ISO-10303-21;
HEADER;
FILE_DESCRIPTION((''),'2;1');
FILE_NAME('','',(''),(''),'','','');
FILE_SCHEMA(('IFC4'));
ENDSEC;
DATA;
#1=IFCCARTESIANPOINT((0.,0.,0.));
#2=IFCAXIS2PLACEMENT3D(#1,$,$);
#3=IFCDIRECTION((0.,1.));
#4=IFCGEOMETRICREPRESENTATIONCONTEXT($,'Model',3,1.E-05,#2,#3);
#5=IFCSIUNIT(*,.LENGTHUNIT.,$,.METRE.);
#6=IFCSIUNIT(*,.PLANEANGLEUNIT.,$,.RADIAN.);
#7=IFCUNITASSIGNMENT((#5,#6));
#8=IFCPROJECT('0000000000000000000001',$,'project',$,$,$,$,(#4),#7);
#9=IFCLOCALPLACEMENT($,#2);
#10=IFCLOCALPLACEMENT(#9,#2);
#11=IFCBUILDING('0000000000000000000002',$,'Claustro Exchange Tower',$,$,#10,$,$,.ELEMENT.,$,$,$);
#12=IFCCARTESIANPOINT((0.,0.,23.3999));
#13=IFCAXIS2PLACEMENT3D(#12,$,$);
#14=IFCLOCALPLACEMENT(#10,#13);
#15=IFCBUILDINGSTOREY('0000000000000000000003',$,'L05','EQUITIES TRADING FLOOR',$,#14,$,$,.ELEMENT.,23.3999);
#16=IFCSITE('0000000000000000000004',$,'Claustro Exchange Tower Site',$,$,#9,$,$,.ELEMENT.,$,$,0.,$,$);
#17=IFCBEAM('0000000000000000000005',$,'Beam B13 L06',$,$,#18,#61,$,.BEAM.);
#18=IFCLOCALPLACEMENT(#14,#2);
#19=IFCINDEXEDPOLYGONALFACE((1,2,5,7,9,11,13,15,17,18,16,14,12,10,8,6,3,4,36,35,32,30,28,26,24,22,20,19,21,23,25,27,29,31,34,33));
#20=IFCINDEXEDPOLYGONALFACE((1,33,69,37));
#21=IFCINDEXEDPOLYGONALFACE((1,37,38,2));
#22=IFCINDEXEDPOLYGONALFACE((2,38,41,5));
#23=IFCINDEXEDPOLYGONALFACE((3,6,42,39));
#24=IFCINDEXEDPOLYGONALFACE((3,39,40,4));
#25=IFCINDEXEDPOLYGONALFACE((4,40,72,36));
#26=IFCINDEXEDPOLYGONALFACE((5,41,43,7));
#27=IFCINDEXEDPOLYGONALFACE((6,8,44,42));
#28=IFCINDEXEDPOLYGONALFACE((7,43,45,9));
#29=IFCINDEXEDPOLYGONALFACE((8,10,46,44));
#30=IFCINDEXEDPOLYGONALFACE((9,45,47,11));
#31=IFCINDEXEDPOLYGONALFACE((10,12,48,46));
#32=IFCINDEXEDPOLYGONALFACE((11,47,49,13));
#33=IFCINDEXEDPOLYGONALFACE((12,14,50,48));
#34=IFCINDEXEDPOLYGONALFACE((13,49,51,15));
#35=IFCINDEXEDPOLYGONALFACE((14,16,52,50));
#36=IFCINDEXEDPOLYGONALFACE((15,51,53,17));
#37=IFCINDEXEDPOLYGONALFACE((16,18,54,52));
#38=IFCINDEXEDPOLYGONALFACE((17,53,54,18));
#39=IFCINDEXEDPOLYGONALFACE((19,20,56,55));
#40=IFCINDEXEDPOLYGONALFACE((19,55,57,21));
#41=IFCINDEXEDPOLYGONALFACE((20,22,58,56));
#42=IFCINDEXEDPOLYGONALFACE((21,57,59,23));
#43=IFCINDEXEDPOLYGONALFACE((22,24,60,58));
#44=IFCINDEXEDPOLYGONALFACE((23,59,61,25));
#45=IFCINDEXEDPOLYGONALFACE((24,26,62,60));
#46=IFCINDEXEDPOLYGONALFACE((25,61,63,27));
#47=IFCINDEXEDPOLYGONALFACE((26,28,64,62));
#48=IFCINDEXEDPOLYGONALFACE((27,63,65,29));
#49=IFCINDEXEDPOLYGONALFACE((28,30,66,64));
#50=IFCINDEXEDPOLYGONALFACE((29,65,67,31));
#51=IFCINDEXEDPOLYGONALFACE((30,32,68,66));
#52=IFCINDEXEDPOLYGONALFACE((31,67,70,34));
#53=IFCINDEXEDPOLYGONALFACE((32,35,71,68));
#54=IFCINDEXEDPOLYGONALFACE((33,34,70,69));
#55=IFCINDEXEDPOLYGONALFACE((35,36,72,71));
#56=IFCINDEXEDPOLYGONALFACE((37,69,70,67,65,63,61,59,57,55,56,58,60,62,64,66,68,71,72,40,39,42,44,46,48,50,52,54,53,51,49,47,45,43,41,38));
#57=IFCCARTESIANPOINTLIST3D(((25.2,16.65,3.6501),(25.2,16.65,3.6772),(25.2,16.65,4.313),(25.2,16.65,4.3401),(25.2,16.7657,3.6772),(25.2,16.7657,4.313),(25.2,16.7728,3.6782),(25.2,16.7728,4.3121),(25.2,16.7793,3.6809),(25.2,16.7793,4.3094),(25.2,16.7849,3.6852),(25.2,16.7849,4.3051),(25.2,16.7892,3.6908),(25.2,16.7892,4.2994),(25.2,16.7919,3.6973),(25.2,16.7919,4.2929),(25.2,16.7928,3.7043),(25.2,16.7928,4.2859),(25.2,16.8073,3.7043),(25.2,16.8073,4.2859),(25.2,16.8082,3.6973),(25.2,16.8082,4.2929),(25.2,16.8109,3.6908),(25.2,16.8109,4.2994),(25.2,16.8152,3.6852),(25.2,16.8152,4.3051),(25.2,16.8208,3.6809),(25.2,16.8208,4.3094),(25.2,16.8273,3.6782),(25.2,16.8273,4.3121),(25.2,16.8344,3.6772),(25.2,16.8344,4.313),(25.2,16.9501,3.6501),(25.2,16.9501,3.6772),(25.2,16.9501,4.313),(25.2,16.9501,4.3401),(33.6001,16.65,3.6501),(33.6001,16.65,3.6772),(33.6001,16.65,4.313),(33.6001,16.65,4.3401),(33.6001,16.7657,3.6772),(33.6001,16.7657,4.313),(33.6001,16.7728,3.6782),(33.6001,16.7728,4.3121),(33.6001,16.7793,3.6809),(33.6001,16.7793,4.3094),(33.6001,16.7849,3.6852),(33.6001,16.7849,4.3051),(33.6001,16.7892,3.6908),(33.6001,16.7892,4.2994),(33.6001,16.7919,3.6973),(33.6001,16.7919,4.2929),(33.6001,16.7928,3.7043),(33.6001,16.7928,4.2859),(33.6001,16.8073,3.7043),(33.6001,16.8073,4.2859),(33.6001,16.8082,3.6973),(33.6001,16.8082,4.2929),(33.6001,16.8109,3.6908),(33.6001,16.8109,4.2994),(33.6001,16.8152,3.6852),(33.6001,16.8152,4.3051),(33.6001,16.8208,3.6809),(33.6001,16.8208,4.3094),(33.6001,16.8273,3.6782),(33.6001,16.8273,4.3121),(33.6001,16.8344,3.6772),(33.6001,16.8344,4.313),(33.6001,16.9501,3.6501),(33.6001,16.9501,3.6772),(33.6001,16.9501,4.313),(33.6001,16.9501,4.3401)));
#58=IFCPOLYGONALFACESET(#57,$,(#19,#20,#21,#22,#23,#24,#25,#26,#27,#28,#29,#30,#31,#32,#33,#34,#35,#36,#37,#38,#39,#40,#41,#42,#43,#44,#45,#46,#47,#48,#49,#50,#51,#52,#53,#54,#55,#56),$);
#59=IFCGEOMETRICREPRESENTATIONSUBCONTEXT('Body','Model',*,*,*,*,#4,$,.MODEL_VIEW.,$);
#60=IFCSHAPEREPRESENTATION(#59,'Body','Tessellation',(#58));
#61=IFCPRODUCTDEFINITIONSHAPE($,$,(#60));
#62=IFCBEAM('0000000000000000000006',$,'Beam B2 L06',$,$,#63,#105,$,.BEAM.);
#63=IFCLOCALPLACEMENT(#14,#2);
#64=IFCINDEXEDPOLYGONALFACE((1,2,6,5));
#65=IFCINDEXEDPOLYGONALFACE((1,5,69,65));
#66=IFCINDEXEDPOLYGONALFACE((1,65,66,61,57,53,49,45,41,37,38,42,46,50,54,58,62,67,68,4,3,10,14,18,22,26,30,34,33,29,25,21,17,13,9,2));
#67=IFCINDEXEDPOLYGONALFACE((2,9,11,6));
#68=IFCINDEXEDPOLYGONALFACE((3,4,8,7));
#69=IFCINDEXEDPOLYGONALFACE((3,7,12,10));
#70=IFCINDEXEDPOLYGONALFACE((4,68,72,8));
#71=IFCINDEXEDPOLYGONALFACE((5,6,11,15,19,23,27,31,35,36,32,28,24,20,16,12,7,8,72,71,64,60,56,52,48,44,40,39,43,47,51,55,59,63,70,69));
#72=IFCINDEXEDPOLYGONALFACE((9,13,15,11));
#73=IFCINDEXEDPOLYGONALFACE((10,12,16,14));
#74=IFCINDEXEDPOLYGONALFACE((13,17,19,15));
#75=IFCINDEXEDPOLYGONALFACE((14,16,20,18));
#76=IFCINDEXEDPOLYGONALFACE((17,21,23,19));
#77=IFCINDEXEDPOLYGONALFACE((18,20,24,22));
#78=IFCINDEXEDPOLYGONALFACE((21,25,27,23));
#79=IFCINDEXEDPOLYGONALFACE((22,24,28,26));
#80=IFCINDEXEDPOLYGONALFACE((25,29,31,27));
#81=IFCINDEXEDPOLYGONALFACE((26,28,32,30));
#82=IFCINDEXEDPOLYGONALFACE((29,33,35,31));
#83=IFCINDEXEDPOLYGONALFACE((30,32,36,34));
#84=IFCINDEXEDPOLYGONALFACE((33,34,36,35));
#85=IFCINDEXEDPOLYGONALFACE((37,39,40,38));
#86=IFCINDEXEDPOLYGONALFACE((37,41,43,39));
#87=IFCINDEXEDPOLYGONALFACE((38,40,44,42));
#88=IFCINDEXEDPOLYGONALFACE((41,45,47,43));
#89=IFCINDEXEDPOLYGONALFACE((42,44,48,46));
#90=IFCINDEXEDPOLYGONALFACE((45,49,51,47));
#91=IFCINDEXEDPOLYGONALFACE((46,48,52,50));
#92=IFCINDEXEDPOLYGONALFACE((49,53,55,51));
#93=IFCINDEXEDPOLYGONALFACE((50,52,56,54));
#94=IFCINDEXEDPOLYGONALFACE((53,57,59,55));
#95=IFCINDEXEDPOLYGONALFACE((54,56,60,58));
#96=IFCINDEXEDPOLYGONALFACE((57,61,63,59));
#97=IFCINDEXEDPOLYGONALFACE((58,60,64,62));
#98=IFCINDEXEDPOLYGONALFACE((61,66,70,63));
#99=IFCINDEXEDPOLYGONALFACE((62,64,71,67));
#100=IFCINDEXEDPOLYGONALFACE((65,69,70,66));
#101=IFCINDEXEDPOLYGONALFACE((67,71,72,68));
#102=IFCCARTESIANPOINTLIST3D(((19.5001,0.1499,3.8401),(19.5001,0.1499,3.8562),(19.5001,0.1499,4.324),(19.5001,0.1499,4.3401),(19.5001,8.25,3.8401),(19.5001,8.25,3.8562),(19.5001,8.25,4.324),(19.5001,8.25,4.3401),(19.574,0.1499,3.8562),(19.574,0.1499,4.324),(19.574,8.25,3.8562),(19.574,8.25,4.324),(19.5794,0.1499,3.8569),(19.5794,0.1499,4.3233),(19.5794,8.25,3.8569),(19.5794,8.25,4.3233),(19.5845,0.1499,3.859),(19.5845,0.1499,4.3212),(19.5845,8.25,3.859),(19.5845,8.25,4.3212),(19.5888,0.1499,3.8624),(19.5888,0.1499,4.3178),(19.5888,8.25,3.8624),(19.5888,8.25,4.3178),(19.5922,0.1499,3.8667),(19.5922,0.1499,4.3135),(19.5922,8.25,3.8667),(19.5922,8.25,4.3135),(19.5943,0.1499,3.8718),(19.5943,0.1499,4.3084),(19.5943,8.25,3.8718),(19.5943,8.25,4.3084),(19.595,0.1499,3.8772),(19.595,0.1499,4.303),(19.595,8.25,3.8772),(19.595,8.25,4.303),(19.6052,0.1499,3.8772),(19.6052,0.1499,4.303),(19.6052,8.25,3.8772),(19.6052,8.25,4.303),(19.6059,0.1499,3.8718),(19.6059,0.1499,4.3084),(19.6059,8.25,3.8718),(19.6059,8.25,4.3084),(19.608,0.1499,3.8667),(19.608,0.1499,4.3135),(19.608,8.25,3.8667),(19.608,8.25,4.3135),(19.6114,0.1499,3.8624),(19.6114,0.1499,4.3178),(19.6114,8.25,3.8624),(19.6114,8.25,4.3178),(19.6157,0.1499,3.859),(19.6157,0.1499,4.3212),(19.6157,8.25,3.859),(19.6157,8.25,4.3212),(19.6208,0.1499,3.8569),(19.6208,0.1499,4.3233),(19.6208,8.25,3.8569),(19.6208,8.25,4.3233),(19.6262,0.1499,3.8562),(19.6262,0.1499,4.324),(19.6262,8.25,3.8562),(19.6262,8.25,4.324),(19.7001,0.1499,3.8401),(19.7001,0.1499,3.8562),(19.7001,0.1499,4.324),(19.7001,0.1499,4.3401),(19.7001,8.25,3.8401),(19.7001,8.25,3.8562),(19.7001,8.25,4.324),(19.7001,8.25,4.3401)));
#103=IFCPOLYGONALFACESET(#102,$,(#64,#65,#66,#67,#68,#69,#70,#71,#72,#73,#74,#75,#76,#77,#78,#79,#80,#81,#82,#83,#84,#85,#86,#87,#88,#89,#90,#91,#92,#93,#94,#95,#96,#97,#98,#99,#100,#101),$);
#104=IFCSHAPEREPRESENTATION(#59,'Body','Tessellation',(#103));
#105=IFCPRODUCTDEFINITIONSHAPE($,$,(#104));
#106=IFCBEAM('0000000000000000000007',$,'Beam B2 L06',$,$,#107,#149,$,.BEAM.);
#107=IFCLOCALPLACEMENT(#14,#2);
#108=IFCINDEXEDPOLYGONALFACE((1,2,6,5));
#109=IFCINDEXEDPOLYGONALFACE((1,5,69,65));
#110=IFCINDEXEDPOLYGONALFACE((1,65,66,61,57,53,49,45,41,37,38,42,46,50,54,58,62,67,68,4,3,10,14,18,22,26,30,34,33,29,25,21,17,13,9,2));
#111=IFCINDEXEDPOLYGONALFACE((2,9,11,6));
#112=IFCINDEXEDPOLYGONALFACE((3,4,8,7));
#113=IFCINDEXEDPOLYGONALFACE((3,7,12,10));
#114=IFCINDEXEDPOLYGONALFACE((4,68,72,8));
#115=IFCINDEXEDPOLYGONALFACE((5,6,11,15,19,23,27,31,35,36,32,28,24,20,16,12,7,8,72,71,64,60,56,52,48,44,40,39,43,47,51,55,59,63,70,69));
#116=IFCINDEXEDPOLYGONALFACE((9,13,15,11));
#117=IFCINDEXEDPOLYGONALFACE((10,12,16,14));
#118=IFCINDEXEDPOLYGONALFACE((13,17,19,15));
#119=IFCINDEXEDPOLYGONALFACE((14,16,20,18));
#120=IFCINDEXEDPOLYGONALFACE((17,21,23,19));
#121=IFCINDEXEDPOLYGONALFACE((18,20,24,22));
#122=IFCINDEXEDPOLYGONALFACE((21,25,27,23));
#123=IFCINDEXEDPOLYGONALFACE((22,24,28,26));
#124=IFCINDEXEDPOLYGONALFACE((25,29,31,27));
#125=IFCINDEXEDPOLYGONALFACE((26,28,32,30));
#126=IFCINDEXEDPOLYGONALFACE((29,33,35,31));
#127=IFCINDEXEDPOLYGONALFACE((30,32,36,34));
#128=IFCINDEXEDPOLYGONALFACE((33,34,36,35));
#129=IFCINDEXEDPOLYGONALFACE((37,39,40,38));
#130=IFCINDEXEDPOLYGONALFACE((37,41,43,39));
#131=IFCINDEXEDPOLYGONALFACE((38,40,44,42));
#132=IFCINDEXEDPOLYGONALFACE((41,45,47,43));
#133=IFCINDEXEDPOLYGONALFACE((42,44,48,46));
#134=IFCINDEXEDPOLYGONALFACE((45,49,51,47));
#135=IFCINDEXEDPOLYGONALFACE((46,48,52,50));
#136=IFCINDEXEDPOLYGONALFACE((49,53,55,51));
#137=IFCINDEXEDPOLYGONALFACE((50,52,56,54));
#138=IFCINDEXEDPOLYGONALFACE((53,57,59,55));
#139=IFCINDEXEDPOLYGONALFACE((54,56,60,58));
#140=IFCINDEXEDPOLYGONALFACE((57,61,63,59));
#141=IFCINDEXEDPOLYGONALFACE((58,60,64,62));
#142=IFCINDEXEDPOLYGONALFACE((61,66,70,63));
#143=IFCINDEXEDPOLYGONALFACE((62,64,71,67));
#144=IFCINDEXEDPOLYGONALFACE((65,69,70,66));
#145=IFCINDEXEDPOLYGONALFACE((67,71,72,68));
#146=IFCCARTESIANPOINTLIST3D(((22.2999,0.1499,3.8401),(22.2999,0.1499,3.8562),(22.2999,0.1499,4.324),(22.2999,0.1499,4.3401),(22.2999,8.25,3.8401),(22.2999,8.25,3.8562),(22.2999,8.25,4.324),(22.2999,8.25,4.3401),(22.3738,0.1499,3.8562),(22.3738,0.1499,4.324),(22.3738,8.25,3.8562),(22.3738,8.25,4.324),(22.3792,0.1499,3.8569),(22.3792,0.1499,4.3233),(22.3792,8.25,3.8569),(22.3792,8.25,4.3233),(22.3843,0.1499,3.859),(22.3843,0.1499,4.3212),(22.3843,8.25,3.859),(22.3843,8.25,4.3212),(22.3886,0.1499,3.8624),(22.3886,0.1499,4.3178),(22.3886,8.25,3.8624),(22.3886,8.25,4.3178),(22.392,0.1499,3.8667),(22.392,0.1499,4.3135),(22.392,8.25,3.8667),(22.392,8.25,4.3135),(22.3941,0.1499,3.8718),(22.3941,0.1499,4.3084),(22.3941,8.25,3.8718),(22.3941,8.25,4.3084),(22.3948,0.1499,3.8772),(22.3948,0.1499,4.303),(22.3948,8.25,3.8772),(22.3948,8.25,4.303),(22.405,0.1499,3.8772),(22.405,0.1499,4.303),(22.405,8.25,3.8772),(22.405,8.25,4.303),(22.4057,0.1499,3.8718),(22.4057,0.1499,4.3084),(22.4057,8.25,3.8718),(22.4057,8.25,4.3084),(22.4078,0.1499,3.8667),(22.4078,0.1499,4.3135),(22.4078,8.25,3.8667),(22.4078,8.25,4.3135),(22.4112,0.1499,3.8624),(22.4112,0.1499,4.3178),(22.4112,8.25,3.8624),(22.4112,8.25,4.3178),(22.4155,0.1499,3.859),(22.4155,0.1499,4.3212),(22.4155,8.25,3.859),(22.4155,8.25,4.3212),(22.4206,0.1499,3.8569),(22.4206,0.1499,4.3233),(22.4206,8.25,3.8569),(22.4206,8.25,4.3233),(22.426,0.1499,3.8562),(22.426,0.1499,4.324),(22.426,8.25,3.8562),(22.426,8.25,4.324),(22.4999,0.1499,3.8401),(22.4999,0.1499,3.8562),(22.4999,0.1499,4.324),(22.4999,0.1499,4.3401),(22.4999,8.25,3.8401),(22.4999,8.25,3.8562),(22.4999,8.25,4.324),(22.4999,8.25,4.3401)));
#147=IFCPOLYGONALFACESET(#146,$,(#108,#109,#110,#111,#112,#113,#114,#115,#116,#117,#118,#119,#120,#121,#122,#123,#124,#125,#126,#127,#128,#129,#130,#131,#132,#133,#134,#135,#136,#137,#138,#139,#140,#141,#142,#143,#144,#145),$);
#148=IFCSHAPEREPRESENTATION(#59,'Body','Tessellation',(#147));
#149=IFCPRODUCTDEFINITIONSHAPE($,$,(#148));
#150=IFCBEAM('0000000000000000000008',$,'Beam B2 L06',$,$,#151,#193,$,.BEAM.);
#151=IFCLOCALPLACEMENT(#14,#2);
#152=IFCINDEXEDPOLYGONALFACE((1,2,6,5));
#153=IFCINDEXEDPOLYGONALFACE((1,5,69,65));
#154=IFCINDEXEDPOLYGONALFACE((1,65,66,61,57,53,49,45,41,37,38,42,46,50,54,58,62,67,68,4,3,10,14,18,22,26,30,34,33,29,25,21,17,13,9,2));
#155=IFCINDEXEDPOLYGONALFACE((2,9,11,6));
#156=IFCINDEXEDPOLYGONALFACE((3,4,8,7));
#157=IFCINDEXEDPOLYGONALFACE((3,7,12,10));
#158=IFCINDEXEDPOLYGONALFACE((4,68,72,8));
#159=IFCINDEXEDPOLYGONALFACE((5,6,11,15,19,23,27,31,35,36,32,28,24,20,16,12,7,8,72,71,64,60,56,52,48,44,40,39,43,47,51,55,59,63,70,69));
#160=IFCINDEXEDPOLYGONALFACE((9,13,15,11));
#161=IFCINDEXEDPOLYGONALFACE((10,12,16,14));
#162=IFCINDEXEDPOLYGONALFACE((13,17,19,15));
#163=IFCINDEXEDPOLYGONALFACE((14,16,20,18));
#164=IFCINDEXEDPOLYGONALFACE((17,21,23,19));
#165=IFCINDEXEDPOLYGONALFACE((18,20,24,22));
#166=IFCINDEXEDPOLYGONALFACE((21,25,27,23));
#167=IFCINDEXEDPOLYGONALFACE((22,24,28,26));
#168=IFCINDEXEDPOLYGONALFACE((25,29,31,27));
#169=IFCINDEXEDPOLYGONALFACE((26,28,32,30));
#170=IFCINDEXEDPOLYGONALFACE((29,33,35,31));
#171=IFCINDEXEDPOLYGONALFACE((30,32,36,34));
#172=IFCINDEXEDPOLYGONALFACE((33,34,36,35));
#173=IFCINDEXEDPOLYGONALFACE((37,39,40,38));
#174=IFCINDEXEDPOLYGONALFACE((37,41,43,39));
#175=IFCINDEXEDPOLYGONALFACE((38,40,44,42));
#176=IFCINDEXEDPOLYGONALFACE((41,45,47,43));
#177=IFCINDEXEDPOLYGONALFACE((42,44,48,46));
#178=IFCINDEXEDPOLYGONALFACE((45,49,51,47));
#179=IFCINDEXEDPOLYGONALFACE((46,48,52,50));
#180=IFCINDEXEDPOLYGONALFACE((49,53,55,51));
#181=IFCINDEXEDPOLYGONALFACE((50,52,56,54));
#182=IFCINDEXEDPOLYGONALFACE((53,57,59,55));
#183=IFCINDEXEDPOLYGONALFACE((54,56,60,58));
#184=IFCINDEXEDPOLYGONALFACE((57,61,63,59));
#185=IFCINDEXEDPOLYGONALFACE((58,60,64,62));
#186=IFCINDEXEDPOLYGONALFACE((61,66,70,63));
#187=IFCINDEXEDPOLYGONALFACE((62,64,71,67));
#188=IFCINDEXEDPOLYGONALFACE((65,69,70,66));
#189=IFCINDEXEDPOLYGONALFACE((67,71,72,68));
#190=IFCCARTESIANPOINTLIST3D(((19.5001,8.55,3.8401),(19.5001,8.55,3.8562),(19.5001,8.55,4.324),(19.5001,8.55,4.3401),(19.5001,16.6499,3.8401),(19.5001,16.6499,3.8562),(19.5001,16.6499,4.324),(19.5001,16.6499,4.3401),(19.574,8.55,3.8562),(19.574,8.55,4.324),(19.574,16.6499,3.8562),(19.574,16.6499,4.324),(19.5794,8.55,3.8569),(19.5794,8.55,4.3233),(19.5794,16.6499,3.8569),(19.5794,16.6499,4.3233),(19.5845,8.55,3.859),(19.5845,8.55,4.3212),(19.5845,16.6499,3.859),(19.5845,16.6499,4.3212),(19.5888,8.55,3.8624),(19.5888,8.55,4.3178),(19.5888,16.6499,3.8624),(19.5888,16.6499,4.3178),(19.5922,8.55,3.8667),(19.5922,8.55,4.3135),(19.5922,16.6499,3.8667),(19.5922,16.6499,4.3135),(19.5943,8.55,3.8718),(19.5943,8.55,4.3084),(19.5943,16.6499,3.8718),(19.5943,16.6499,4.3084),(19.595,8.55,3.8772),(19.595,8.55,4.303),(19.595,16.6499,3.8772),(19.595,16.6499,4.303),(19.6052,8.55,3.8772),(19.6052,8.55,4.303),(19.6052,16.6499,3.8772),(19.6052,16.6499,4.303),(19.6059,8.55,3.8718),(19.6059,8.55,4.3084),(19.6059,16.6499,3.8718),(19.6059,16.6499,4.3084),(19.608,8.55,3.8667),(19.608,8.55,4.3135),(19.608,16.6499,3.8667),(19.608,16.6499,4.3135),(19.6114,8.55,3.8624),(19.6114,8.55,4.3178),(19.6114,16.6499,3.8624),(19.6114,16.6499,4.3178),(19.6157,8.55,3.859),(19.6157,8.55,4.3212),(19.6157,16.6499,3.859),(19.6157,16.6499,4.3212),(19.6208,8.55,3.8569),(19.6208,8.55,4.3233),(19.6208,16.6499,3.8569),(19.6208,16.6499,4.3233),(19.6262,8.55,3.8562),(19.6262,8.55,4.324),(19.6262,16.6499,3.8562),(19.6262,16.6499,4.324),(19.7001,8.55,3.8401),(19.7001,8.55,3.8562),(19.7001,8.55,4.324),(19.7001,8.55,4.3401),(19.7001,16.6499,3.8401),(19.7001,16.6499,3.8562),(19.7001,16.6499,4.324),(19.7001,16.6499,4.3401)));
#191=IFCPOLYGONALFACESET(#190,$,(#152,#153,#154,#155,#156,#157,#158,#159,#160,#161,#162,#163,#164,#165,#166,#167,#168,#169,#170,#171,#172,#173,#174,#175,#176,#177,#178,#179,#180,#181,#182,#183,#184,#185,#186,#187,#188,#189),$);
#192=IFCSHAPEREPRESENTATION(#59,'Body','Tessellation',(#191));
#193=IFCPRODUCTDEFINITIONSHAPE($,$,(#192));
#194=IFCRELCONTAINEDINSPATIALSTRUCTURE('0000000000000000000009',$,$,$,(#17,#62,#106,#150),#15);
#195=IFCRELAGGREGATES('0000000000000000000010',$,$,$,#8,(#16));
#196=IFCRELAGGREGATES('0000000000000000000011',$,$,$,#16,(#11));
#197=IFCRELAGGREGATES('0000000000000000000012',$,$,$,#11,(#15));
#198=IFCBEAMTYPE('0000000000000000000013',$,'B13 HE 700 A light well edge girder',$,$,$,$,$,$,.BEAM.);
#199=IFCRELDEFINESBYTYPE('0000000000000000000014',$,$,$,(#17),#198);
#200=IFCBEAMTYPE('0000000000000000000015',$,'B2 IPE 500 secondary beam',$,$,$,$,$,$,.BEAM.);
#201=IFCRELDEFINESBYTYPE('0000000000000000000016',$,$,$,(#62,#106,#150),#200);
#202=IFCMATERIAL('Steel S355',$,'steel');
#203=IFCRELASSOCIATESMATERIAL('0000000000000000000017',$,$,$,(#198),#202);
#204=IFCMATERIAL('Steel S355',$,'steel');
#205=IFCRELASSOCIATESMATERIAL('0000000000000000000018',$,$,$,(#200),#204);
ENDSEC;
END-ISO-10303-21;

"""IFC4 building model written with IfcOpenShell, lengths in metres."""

from ifc_helpers import new_model, si_unit, direction, frame, origin, origin_2d, place, context, subcontext, project, spatial, i_section, extrude, material, material_profile, profile_set, type_object, element, save


model = new_model("IFC4")

# Units and contexts
model_context = context("Model", 3, precision=1e-05, world=origin(), true_north=direction((0.0, 1.0)))
body_context = subcontext(model_context, "Body", "Model", "MODEL_VIEW")
ifc_project = project(units=[si_unit("LENGTHUNIT", "METRE"), si_unit("PLANEANGLEUNIT", "RADIAN")], contexts=[model_context])

# Site, building, storey
site_placement = place(None, origin())
site = spatial("IfcSite", under=ifc_project, at=site_placement, Name="Claustro Exchange Tower Site", CompositionType="ELEMENT", RefElevation=0.0)
building_placement = place(site_placement, origin())
building = spatial("IfcBuilding", under=site, at=building_placement, Name="Claustro Exchange Tower", CompositionType="ELEMENT")
storey_placement = place(building_placement, frame((0.0, 0.0, 23.3999)))
storey = spatial("IfcBuildingStorey", under=building, at=storey_placement, Name="L05", Description="EQUITIES TRADING FLOOR", CompositionType="ELEMENT", Elevation=23.3999)

# Beams
ifc_material_1 = material(Name="Steel S355", Category="steel")
ifc_material_profile_1 = material_profile(ifc_material_1, i_section(OverallWidth=0.3, OverallDepth=0.6899, WebThickness=0.0144, FlangeThickness=0.0271, FilletRadius=0.0271, at=origin_2d()), Name="HE 700 A")
ifc_profile_set_1 = profile_set([ifc_material_profile_1], Name="Steel S355")
beam_type_1 = type_object("IfcBeamType", Name="B13 HE 700 A light well edge girder", PredefinedType="BEAM", material=ifc_profile_set_1)
beam_1_placement = place(storey_placement, frame((25.2, 16.8, 3.9951), z_axis=(1.0, 0.0, 0.0), x_axis=(0.0, 1.0, 0.0)))
element("IfcBeam", 1, at=beam_1_placement, inside=storey, type_object=beam_type_1, Name="Beam B13 L06", PredefinedType="BEAM", context=body_context, shape_type="SweptSolid", body=[
    extrude(i_section(OverallWidth=0.3, OverallDepth=0.6899, WebThickness=0.0144, FlangeThickness=0.0271, FilletRadius=0.0271, at=origin_2d()), origin(), (0.0, 0.0, 1.0), 8.4001),
])
ifc_material_2 = material(Name="Steel S355", Category="steel")
ifc_material_profile_2 = material_profile(ifc_material_2, i_section(OverallWidth=0.2, OverallDepth=0.5, WebThickness=0.0103, FlangeThickness=0.0161, FilletRadius=0.021, at=origin_2d()), Name="IPE 500")
ifc_profile_set_2 = profile_set([ifc_material_profile_2], Name="Steel S355")
beam_type_2 = type_object("IfcBeamType", Name="B2 IPE 500 secondary beam", PredefinedType="BEAM", material=ifc_profile_set_2)
for number, where, z_axis, x_axis, name in (
    (2, (19.6001, 0.1499, 4.0901), (0.0, 1.0, 0.0), (-1.0, 0.0, 0.0), "Beam B2 L06"),
    (3, (22.3999, 0.1499, 4.0901), (0.0, 1.0, 0.0), (-1.0, 0.0, 0.0), "Beam B2 L06"),
):
    element("IfcBeam", number, at=place(storey_placement, frame(where, z_axis=z_axis, x_axis=x_axis)), inside=storey, type_object=beam_type_2, Name=name, PredefinedType="BEAM", context=body_context, shape_type="SweptSolid", body=[
        extrude(i_section(OverallWidth=0.2, OverallDepth=0.5, WebThickness=0.0103, FlangeThickness=0.0161, FilletRadius=0.021, at=origin_2d()), origin(), (0.0, 0.0, 1.0), 8.1001),
    ])
for number, where, z_axis, x_axis, name in (
    (4, (19.6001, 8.55, 4.0901), (0.0, 1.0, 0.0), (-1.0, 0.0, 0.0), "Beam B2 L06"),
):
    element("IfcBeam", number, at=place(storey_placement, frame(where, z_axis=z_axis, x_axis=x_axis)), inside=storey, type_object=beam_type_2, Name=name, PredefinedType="BEAM", context=body_context, shape_type="SweptSolid", body=[
        extrude(i_section(OverallWidth=0.2, OverallDepth=0.5, WebThickness=0.0103, FlangeThickness=0.0161, FilletRadius=0.021, at=origin_2d()), origin(), (0.0, 0.0, 1.0), 8.0999),
    ])

save(model, "model.ifc")
